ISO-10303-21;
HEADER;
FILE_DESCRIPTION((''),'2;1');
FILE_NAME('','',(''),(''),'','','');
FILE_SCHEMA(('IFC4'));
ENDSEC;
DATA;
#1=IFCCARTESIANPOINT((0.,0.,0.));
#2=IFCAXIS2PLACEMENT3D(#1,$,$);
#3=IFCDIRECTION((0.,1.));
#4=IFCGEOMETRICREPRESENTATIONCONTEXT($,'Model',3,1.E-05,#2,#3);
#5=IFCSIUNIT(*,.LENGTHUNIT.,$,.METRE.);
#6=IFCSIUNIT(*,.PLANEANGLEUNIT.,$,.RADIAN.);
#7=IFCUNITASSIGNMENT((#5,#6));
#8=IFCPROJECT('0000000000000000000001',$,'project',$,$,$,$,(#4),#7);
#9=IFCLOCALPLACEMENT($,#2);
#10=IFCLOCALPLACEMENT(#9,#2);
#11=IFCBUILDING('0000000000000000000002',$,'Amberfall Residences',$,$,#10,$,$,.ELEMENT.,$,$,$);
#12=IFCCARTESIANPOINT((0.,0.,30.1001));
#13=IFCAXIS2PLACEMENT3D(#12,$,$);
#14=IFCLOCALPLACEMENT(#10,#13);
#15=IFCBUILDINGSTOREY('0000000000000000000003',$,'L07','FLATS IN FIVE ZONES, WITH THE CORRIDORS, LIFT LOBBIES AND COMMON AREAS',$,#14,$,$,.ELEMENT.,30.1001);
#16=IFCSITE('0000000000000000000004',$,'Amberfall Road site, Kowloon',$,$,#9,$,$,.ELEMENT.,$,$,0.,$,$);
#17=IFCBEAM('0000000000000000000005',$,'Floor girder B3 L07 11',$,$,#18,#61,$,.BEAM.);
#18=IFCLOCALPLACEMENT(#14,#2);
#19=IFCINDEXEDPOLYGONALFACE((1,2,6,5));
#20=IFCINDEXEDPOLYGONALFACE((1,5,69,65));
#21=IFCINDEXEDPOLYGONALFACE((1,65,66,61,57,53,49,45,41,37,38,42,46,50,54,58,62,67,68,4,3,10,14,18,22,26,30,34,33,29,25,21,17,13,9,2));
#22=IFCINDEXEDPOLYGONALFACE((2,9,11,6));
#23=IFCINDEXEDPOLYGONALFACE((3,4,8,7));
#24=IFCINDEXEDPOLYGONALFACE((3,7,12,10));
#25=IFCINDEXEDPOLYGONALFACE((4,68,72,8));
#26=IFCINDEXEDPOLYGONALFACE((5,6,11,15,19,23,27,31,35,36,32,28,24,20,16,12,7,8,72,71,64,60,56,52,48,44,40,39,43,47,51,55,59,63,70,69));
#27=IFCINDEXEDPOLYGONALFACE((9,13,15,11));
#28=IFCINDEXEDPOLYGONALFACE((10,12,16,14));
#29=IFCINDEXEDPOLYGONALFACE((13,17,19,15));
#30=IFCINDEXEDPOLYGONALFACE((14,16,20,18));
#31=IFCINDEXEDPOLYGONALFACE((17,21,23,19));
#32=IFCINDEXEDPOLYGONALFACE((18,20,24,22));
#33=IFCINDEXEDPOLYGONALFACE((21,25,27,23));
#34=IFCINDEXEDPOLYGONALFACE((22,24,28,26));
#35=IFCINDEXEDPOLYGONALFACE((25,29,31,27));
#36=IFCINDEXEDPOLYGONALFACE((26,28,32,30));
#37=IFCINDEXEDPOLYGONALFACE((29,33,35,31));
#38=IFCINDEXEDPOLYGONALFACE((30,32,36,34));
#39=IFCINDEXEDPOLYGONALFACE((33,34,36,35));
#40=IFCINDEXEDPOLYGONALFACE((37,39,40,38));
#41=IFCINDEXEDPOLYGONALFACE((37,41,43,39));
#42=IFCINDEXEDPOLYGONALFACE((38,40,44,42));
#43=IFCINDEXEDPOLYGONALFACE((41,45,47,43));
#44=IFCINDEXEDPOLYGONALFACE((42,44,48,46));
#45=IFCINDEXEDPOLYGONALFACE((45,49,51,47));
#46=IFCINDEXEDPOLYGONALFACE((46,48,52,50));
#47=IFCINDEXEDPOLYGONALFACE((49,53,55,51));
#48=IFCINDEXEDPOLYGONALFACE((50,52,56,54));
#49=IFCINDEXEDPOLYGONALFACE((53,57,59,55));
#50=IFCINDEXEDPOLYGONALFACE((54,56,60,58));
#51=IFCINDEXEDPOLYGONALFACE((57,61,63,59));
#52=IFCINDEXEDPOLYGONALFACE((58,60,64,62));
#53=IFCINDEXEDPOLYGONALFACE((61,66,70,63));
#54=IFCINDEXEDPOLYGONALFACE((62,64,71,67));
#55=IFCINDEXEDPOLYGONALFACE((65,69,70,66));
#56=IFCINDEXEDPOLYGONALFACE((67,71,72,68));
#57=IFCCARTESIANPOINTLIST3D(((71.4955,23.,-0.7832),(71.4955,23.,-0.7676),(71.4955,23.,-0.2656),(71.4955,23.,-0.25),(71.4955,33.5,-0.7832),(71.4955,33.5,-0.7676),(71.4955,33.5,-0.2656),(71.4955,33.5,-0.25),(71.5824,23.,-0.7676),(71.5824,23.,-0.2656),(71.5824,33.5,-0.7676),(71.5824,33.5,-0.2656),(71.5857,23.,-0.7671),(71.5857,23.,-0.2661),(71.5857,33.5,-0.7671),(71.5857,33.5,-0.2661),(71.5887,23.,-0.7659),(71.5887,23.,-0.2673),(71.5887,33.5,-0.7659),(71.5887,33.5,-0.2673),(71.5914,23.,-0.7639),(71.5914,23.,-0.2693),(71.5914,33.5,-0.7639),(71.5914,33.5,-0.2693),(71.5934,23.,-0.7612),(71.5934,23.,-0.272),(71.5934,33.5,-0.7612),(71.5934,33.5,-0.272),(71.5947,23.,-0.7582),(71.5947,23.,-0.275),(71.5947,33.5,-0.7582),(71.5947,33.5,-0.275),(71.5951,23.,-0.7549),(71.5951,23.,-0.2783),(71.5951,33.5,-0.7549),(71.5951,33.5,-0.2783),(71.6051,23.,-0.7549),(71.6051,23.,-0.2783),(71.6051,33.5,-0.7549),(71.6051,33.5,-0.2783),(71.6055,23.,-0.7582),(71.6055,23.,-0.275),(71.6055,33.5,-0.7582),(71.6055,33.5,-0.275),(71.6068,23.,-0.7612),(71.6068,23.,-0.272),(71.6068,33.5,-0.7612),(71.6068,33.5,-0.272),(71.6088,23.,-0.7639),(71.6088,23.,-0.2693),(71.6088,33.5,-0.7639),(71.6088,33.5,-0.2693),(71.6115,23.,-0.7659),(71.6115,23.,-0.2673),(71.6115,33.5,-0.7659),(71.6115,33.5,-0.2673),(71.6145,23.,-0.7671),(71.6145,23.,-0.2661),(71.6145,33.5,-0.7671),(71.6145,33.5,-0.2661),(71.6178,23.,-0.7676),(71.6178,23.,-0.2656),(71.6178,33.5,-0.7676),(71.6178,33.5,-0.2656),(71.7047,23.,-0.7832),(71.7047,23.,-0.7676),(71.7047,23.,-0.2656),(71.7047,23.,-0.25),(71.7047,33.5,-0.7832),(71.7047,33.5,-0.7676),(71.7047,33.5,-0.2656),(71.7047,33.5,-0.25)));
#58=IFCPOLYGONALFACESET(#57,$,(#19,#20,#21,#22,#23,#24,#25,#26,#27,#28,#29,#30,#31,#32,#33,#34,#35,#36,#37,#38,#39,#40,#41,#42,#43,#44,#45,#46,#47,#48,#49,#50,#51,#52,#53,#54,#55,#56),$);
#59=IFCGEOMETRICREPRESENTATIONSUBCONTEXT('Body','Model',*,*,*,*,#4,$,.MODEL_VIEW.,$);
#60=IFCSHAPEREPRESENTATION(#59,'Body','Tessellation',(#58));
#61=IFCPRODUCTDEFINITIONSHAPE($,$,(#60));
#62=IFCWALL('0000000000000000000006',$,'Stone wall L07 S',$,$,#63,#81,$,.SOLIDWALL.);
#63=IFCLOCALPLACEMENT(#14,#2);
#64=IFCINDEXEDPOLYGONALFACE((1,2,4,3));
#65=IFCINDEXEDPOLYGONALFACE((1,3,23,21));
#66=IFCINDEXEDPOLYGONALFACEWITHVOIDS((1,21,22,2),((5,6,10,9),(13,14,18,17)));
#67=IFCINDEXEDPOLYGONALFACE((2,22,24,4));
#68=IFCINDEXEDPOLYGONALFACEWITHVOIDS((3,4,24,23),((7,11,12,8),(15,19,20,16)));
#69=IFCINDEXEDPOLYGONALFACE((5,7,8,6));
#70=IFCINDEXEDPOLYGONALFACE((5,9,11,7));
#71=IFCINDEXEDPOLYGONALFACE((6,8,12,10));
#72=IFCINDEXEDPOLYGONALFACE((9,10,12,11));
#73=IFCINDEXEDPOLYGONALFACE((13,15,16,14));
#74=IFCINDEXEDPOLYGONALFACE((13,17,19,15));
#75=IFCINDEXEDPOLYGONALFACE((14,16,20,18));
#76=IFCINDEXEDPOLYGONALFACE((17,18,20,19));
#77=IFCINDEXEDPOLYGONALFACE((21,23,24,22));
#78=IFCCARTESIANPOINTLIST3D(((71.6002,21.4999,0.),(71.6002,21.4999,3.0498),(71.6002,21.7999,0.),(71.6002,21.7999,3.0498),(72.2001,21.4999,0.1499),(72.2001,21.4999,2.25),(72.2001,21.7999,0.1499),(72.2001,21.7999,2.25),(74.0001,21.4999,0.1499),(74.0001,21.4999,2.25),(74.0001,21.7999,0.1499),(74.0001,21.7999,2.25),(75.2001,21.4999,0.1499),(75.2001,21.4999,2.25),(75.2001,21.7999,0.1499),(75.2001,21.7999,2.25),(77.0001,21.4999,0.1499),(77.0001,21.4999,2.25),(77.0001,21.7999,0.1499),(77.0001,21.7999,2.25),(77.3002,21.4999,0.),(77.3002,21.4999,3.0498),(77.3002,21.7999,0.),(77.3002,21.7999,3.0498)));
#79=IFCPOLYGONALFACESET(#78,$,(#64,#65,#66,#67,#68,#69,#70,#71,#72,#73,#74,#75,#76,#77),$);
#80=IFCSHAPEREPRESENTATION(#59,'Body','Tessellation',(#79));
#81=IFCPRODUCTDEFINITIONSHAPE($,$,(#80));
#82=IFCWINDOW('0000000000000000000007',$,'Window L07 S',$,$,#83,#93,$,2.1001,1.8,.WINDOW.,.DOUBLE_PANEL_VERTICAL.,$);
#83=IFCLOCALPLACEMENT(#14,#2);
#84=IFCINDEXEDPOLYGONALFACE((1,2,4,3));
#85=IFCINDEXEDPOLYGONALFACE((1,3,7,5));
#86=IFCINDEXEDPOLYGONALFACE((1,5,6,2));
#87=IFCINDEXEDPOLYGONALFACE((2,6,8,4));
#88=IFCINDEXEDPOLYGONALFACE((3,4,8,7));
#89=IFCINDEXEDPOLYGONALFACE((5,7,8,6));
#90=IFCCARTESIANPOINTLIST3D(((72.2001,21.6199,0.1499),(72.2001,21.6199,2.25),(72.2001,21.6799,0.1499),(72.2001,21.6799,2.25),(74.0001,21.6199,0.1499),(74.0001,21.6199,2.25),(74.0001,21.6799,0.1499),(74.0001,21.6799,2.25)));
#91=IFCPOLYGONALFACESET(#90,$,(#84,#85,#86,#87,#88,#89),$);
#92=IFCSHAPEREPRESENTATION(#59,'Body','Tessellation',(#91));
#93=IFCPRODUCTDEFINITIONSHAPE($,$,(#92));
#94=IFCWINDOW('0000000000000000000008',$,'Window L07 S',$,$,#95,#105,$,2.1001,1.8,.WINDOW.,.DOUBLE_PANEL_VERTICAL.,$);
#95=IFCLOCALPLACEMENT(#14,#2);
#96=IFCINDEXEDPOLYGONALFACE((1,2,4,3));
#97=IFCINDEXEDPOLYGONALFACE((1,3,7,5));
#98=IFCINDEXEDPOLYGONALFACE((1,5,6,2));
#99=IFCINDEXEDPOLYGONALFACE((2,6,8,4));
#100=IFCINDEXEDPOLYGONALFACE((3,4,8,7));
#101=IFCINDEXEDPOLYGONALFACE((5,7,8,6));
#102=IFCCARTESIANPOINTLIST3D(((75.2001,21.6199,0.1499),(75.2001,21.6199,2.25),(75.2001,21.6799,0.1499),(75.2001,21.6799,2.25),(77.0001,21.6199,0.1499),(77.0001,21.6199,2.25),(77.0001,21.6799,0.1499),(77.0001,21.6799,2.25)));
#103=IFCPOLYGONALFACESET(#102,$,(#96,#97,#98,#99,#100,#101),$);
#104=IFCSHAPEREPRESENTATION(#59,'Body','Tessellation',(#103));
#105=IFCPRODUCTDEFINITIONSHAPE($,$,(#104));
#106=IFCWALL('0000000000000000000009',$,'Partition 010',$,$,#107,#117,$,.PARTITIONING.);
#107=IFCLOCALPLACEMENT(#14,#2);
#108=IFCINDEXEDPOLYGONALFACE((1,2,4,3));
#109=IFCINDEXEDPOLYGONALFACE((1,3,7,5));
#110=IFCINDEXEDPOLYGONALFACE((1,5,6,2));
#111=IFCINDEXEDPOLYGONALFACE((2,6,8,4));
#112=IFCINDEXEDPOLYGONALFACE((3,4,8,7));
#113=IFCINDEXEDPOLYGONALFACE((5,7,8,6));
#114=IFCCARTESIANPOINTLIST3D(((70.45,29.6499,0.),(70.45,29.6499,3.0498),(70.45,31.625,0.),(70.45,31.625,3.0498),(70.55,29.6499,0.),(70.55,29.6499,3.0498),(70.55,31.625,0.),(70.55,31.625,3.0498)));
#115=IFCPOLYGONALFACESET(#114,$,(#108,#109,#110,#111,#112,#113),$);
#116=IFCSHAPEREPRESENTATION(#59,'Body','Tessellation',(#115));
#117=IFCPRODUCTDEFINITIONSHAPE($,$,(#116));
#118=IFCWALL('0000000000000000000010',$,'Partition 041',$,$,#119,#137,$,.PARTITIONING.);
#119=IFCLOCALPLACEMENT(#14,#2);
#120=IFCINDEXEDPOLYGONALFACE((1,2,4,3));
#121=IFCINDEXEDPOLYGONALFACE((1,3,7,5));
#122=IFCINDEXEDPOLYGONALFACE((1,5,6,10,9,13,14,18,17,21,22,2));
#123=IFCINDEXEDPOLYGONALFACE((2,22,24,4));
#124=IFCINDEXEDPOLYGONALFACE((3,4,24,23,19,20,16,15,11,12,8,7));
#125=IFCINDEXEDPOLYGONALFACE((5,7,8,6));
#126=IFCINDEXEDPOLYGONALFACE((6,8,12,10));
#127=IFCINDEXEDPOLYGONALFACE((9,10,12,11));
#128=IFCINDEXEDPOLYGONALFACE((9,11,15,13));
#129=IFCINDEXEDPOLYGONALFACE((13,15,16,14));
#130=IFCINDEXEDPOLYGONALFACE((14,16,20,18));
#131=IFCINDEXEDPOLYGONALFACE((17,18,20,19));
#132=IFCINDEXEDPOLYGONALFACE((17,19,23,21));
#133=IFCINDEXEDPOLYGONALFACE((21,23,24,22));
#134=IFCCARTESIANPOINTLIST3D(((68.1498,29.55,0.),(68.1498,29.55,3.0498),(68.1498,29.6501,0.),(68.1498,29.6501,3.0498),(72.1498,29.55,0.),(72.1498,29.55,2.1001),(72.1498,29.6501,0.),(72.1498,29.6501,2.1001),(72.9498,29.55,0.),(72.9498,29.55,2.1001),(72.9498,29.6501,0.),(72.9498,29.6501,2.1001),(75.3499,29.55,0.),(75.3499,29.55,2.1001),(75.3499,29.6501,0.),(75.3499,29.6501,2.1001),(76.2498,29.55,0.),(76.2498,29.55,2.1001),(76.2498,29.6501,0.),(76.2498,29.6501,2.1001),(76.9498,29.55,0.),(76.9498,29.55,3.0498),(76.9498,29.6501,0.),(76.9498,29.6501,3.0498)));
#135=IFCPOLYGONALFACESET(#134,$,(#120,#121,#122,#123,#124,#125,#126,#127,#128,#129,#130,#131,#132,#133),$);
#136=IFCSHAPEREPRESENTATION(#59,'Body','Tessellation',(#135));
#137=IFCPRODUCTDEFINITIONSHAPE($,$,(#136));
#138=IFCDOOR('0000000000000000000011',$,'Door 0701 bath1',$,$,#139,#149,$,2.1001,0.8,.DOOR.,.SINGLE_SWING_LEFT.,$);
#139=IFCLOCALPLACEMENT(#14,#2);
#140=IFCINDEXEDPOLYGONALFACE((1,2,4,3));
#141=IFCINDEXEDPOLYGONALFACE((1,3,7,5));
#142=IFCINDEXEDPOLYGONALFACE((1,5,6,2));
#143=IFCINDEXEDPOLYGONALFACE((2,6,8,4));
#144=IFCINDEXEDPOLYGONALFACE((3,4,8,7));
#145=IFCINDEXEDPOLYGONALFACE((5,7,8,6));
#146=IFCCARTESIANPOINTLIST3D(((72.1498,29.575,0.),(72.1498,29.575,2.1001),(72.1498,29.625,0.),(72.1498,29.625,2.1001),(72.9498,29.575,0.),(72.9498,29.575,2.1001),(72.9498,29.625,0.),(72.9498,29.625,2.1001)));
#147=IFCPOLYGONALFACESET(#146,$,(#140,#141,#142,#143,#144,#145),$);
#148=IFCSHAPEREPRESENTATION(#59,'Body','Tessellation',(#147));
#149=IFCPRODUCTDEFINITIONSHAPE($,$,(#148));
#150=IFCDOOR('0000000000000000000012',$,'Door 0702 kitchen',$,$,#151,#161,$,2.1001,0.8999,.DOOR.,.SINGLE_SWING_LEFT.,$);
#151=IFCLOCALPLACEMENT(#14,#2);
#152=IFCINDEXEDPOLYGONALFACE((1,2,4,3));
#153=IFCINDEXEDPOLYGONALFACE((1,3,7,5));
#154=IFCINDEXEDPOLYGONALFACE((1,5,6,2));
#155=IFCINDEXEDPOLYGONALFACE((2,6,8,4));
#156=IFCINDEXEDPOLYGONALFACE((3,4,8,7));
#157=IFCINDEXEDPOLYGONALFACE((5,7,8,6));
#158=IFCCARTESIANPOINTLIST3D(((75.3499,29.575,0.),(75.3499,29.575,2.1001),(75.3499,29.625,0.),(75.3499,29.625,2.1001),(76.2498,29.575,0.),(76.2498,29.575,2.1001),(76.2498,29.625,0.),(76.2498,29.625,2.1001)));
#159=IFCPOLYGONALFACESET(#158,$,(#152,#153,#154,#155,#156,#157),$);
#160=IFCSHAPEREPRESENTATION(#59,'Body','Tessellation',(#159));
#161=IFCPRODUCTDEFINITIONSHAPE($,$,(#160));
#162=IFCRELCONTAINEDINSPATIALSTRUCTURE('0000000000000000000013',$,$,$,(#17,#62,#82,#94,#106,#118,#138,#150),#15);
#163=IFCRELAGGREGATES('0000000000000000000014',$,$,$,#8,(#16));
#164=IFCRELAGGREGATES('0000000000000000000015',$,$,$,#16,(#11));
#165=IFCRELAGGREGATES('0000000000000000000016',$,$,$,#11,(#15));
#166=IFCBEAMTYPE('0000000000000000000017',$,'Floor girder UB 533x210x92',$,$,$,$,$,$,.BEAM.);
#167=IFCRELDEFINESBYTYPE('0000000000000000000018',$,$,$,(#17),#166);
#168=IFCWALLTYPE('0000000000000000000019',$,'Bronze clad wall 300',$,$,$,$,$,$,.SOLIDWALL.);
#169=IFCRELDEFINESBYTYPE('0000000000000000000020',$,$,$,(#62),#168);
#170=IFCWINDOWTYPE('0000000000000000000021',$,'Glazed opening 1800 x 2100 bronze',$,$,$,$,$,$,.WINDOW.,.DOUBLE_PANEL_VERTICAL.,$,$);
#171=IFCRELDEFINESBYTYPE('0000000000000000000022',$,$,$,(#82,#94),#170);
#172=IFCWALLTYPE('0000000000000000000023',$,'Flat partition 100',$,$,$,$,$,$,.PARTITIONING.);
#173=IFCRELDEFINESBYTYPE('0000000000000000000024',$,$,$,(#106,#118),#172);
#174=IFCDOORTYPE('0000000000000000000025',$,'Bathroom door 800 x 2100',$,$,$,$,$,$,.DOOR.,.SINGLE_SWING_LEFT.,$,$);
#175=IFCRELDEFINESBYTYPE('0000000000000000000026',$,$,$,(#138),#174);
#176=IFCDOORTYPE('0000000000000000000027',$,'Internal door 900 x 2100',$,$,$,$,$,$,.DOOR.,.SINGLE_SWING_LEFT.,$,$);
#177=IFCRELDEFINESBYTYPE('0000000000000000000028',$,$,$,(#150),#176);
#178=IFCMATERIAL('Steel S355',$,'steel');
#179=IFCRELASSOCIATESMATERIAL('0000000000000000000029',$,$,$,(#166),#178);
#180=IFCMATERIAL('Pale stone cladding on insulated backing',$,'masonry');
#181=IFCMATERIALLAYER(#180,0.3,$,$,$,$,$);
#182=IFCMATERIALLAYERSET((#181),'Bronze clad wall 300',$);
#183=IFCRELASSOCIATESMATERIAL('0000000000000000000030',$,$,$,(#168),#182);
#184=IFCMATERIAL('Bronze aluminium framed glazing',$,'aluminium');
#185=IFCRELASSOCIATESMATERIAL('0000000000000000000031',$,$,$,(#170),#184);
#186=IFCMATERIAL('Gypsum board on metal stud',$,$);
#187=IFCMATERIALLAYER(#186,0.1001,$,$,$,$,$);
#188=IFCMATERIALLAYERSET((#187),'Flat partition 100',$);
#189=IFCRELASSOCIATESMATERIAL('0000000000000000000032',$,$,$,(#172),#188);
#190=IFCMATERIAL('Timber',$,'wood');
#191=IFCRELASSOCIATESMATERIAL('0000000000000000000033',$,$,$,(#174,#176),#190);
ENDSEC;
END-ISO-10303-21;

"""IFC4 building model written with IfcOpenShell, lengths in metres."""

from ifc_helpers import new_model, si_unit, direction, frame, frame_2d, origin, origin_2d, place, context, subcontext, project, spatial, rectangle, i_section, extrude, material, layer, layer_set, material_profile, profile_set, type_object, element, fill, save


model = new_model("IFC4")

# Units and contexts
model_context = context("Model", 3, precision=1e-05, world=origin(), true_north=direction((0.0, 1.0)))
body_context = subcontext(model_context, "Body", "Model", "MODEL_VIEW")
ifc_project = project(units=[si_unit("LENGTHUNIT", "METRE"), si_unit("PLANEANGLEUNIT", "RADIAN")], contexts=[model_context])

# Site, building, storey
site_placement = place(None, origin())
site = spatial("IfcSite", under=ifc_project, at=site_placement, Name="Amberfall Road site, Kowloon", CompositionType="ELEMENT", RefElevation=0.0)
building_placement = place(site_placement, origin())
building = spatial("IfcBuilding", under=site, at=building_placement, Name="Amberfall Residences", CompositionType="ELEMENT")
storey_placement = place(building_placement, frame((0.0, 0.0, 30.1001)))
storey = spatial("IfcBuildingStorey", under=building, at=storey_placement, Name="L07", Description="FLATS IN FIVE ZONES, WITH THE CORRIDORS, LIFT LOBBIES AND COMMON AREAS", CompositionType="ELEMENT", Elevation=30.1001)

# Beam
ifc_material_1 = material(Name="Steel S355", Category="steel")
ifc_material_profile_1 = material_profile(ifc_material_1, i_section(OverallWidth=0.2092, OverallDepth=0.5332, WebThickness=0.01, FlangeThickness=0.0156, FilletRadius=0.0127, at=origin_2d()), Name="UB 533x210x92")
ifc_profile_set_1 = profile_set([ifc_material_profile_1], Name="Steel S355")
beam_type_1 = type_object("IfcBeamType", Name="Floor girder UB 533x210x92", PredefinedType="BEAM", material=ifc_profile_set_1)
for number, where, z_axis, x_axis, name in (
    (1, (71.6001, 23.0, -0.5166), (0.0, 1.0, 0.0), (-1.0, 0.0, 0.0), "Floor girder B3 L07 11"),
):
    element("IfcBeam", number, at=place(storey_placement, frame(where, z_axis=z_axis, x_axis=x_axis)), inside=storey, type_object=beam_type_1, Name=name, PredefinedType="BEAM", context=body_context, shape_type="SweptSolid", body=[
        extrude(i_section(OverallWidth=0.2092, OverallDepth=0.5332, WebThickness=0.01, FlangeThickness=0.0156, FilletRadius=0.0127, at=origin_2d()), origin(), (0.0, 0.0, 1.0), 10.5),
    ])

# Wall, openings, windows
ifc_material_2 = material(Name="Pale stone cladding on insulated backing", Category="masonry")
ifc_layer_1 = layer(ifc_material_2, 0.3)
ifc_layer_set_1 = layer_set([ifc_layer_1], Name="Bronze clad wall 300")
wall_type_1 = type_object("IfcWallType", Name="Bronze clad wall 300", PredefinedType="SOLIDWALL", material=ifc_layer_set_1)
wall_1_placement = place(storey_placement, frame((71.6001, 21.6499, 0.0), z_axis=(0.0, 0.0, 1.0), x_axis=(1.0, 0.0, 0.0)))
wall_1 = element("IfcWall", 2, at=wall_1_placement, inside=storey, type_object=wall_type_1, Name="Stone wall L07 S", PredefinedType="SOLIDWALL", context=body_context, shape_type="SweptSolid", body=[
    extrude(rectangle(XDim=5.7, YDim=0.3, at=frame_2d((2.8501, 0.0))), origin(), (0.0, 0.0, 1.0), 3.0498),
])
opening_1_placement = place(wall_1_placement, frame((0.6001, 0.0, 0.1499)))
opening_1 = element("IfcOpeningElement", 3, at=opening_1_placement, cuts=wall_1, PredefinedType="OPENING", context=body_context, shape_type="SweptSolid", body=[
    extrude(rectangle(XDim=1.8, YDim=2.1001, at=frame_2d((0.8999, 1.05))), frame((0.0, 0.1599, 0.0), z_axis=(0.0, -1.0, 0.0), x_axis=(1.0, 0.0, 0.0)), (0.0, 0.0, 1.0), 0.3201),
])
opening_2_placement = place(wall_1_placement, frame((3.6001, 0.0, 0.1499)))
opening_2 = element("IfcOpeningElement", 4, at=opening_2_placement, cuts=wall_1, PredefinedType="OPENING", context=body_context, shape_type="SweptSolid", body=[
    extrude(rectangle(XDim=1.8, YDim=2.1001, at=frame_2d((0.8999, 1.05))), frame((0.0, 0.1599, 0.0), z_axis=(0.0, -1.0, 0.0), x_axis=(1.0, 0.0, 0.0)), (0.0, 0.0, 1.0), 0.3201),
])
ifc_material_3 = material(Name="Bronze aluminium framed glazing", Category="aluminium")
window_type = type_object("IfcWindowType", Name="Glazed opening 1800 x 2100 bronze", PartitioningType="DOUBLE_PANEL_VERTICAL", PredefinedType="WINDOW", material=ifc_material_3)
window_1_placement = place(opening_1_placement, origin())
window_1 = element("IfcWindow", 5, at=window_1_placement, inside=storey, type_object=window_type, Name="Window L07 S", OverallHeight=2.1001, OverallWidth=1.8, PartitioningType="DOUBLE_PANEL_VERTICAL", PredefinedType="WINDOW", context=body_context, shape_type="SweptSolid", body=[
    extrude(rectangle(XDim=1.8, YDim=2.1001, at=frame_2d((0.8999, 1.05))), frame((0.0, 0.03, 0.0), z_axis=(0.0, -1.0, 0.0), x_axis=(1.0, 0.0, 0.0)), (0.0, 0.0, 1.0), 0.0601),
])
fill(opening_1, window_1)
window_2_placement = place(opening_2_placement, origin())
window_2 = element("IfcWindow", 6, at=window_2_placement, inside=storey, type_object=window_type, Name="Window L07 S", OverallHeight=2.1001, OverallWidth=1.8, PartitioningType="DOUBLE_PANEL_VERTICAL", PredefinedType="WINDOW", context=body_context, shape_type="SweptSolid", body=[
    extrude(rectangle(XDim=1.8, YDim=2.1001, at=frame_2d((0.8999, 1.05))), frame((0.0, 0.03, 0.0), z_axis=(0.0, -1.0, 0.0), x_axis=(1.0, 0.0, 0.0)), (0.0, 0.0, 1.0), 0.0601),
])
fill(opening_2, window_2)

# Wall
ifc_material_4 = material(Name="Gypsum board on metal stud")
ifc_layer_2 = layer(ifc_material_4, 0.1001)
ifc_layer_set_2 = layer_set([ifc_layer_2], Name="Flat partition 100")
wall_type_2 = type_object("IfcWallType", Name="Flat partition 100", PredefinedType="PARTITIONING", material=ifc_layer_set_2)
wall_2_placement = place(storey_placement, frame((70.5, 29.6499, 0.0), z_axis=(0.0, 0.0, 1.0), x_axis=(0.0, 1.0, 0.0)))
element("IfcWall", 7, at=wall_2_placement, inside=storey, type_object=wall_type_2, Name="Partition 010", PredefinedType="PARTITIONING", context=body_context, shape_type="SweptSolid", body=[
    extrude(rectangle(XDim=1.9751, YDim=0.1001, at=frame_2d((0.9875, 0.0))), origin(), (0.0, 0.0, 1.0), 3.0498),
])

# Wall, openings, doors
wall_3_placement = place(storey_placement, frame((68.1499, 29.6001, 0.0), z_axis=(0.0, 0.0, 1.0), x_axis=(1.0, 0.0, 0.0)))
wall_3 = element("IfcWall", 8, at=wall_3_placement, inside=storey, type_object=wall_type_2, Name="Partition 041", PredefinedType="PARTITIONING", context=body_context, shape_type="SweptSolid", body=[
    extrude(rectangle(XDim=8.8, YDim=0.1001, at=frame_2d((4.3999, 0.0))), origin(), (0.0, 0.0, 1.0), 3.0498),
])
opening_3_placement = place(wall_3_placement, frame((4.0, 0.0, 0.0)))
opening_3 = element("IfcOpeningElement", 9, at=opening_3_placement, cuts=wall_3, PredefinedType="OPENING", context=body_context, shape_type="SweptSolid", body=[
    extrude(rectangle(XDim=0.8, YDim=2.1001, at=frame_2d((0.3999, 1.05))), frame((0.0, 0.0601, 0.0), z_axis=(0.0, -1.0, 0.0), x_axis=(1.0, 0.0, 0.0)), (0.0, 0.0, 1.0), 0.1201),
])
opening_4_placement = place(wall_3_placement, frame((7.2, 0.0, 0.0)))
opening_4 = element("IfcOpeningElement", 10, at=opening_4_placement, cuts=wall_3, PredefinedType="OPENING", context=body_context, shape_type="SweptSolid", body=[
    extrude(rectangle(XDim=0.8999, YDim=2.1001, at=frame_2d((0.45, 1.05))), frame((0.0, 0.0601, 0.0), z_axis=(0.0, -1.0, 0.0), x_axis=(1.0, 0.0, 0.0)), (0.0, 0.0, 1.0), 0.1201),
])
ifc_material_5 = material(Name="Timber", Category="wood")
door_type_1 = type_object("IfcDoorType", Name="Bathroom door 800 x 2100", OperationType="SINGLE_SWING_LEFT", PredefinedType="DOOR", material=ifc_material_5)
door_1_placement = place(opening_3_placement, origin())
door_1 = element("IfcDoor", 11, at=door_1_placement, inside=storey, type_object=door_type_1, Name="Door 0701 bath1", OperationType="SINGLE_SWING_LEFT", OverallHeight=2.1001, OverallWidth=0.8, PredefinedType="DOOR", context=body_context, shape_type="SweptSolid", body=[
    extrude(rectangle(XDim=0.8, YDim=2.1001, at=frame_2d((0.3999, 1.05))), frame((0.0, 0.0249, 0.0), z_axis=(0.0, -1.0, 0.0), x_axis=(1.0, 0.0, 0.0)), (0.0, 0.0, 1.0), 0.05),
])
fill(opening_3, door_1)
door_type_2 = type_object("IfcDoorType", Name="Internal door 900 x 2100", OperationType="SINGLE_SWING_LEFT", PredefinedType="DOOR", material=ifc_material_5)
door_2_placement = place(opening_4_placement, origin())
door_2 = element("IfcDoor", 12, at=door_2_placement, inside=storey, type_object=door_type_2, Name="Door 0702 kitchen", OperationType="SINGLE_SWING_LEFT", OverallHeight=2.1001, OverallWidth=0.8999, PredefinedType="DOOR", context=body_context, shape_type="SweptSolid", body=[
    extrude(rectangle(XDim=0.8999, YDim=2.1001, at=frame_2d((0.45, 1.05))), frame((0.0, 0.0249, 0.0), z_axis=(0.0, -1.0, 0.0), x_axis=(1.0, 0.0, 0.0)), (0.0, 0.0, 1.0), 0.05),
])
fill(opening_4, door_2)

save(model, "model.ifc")
